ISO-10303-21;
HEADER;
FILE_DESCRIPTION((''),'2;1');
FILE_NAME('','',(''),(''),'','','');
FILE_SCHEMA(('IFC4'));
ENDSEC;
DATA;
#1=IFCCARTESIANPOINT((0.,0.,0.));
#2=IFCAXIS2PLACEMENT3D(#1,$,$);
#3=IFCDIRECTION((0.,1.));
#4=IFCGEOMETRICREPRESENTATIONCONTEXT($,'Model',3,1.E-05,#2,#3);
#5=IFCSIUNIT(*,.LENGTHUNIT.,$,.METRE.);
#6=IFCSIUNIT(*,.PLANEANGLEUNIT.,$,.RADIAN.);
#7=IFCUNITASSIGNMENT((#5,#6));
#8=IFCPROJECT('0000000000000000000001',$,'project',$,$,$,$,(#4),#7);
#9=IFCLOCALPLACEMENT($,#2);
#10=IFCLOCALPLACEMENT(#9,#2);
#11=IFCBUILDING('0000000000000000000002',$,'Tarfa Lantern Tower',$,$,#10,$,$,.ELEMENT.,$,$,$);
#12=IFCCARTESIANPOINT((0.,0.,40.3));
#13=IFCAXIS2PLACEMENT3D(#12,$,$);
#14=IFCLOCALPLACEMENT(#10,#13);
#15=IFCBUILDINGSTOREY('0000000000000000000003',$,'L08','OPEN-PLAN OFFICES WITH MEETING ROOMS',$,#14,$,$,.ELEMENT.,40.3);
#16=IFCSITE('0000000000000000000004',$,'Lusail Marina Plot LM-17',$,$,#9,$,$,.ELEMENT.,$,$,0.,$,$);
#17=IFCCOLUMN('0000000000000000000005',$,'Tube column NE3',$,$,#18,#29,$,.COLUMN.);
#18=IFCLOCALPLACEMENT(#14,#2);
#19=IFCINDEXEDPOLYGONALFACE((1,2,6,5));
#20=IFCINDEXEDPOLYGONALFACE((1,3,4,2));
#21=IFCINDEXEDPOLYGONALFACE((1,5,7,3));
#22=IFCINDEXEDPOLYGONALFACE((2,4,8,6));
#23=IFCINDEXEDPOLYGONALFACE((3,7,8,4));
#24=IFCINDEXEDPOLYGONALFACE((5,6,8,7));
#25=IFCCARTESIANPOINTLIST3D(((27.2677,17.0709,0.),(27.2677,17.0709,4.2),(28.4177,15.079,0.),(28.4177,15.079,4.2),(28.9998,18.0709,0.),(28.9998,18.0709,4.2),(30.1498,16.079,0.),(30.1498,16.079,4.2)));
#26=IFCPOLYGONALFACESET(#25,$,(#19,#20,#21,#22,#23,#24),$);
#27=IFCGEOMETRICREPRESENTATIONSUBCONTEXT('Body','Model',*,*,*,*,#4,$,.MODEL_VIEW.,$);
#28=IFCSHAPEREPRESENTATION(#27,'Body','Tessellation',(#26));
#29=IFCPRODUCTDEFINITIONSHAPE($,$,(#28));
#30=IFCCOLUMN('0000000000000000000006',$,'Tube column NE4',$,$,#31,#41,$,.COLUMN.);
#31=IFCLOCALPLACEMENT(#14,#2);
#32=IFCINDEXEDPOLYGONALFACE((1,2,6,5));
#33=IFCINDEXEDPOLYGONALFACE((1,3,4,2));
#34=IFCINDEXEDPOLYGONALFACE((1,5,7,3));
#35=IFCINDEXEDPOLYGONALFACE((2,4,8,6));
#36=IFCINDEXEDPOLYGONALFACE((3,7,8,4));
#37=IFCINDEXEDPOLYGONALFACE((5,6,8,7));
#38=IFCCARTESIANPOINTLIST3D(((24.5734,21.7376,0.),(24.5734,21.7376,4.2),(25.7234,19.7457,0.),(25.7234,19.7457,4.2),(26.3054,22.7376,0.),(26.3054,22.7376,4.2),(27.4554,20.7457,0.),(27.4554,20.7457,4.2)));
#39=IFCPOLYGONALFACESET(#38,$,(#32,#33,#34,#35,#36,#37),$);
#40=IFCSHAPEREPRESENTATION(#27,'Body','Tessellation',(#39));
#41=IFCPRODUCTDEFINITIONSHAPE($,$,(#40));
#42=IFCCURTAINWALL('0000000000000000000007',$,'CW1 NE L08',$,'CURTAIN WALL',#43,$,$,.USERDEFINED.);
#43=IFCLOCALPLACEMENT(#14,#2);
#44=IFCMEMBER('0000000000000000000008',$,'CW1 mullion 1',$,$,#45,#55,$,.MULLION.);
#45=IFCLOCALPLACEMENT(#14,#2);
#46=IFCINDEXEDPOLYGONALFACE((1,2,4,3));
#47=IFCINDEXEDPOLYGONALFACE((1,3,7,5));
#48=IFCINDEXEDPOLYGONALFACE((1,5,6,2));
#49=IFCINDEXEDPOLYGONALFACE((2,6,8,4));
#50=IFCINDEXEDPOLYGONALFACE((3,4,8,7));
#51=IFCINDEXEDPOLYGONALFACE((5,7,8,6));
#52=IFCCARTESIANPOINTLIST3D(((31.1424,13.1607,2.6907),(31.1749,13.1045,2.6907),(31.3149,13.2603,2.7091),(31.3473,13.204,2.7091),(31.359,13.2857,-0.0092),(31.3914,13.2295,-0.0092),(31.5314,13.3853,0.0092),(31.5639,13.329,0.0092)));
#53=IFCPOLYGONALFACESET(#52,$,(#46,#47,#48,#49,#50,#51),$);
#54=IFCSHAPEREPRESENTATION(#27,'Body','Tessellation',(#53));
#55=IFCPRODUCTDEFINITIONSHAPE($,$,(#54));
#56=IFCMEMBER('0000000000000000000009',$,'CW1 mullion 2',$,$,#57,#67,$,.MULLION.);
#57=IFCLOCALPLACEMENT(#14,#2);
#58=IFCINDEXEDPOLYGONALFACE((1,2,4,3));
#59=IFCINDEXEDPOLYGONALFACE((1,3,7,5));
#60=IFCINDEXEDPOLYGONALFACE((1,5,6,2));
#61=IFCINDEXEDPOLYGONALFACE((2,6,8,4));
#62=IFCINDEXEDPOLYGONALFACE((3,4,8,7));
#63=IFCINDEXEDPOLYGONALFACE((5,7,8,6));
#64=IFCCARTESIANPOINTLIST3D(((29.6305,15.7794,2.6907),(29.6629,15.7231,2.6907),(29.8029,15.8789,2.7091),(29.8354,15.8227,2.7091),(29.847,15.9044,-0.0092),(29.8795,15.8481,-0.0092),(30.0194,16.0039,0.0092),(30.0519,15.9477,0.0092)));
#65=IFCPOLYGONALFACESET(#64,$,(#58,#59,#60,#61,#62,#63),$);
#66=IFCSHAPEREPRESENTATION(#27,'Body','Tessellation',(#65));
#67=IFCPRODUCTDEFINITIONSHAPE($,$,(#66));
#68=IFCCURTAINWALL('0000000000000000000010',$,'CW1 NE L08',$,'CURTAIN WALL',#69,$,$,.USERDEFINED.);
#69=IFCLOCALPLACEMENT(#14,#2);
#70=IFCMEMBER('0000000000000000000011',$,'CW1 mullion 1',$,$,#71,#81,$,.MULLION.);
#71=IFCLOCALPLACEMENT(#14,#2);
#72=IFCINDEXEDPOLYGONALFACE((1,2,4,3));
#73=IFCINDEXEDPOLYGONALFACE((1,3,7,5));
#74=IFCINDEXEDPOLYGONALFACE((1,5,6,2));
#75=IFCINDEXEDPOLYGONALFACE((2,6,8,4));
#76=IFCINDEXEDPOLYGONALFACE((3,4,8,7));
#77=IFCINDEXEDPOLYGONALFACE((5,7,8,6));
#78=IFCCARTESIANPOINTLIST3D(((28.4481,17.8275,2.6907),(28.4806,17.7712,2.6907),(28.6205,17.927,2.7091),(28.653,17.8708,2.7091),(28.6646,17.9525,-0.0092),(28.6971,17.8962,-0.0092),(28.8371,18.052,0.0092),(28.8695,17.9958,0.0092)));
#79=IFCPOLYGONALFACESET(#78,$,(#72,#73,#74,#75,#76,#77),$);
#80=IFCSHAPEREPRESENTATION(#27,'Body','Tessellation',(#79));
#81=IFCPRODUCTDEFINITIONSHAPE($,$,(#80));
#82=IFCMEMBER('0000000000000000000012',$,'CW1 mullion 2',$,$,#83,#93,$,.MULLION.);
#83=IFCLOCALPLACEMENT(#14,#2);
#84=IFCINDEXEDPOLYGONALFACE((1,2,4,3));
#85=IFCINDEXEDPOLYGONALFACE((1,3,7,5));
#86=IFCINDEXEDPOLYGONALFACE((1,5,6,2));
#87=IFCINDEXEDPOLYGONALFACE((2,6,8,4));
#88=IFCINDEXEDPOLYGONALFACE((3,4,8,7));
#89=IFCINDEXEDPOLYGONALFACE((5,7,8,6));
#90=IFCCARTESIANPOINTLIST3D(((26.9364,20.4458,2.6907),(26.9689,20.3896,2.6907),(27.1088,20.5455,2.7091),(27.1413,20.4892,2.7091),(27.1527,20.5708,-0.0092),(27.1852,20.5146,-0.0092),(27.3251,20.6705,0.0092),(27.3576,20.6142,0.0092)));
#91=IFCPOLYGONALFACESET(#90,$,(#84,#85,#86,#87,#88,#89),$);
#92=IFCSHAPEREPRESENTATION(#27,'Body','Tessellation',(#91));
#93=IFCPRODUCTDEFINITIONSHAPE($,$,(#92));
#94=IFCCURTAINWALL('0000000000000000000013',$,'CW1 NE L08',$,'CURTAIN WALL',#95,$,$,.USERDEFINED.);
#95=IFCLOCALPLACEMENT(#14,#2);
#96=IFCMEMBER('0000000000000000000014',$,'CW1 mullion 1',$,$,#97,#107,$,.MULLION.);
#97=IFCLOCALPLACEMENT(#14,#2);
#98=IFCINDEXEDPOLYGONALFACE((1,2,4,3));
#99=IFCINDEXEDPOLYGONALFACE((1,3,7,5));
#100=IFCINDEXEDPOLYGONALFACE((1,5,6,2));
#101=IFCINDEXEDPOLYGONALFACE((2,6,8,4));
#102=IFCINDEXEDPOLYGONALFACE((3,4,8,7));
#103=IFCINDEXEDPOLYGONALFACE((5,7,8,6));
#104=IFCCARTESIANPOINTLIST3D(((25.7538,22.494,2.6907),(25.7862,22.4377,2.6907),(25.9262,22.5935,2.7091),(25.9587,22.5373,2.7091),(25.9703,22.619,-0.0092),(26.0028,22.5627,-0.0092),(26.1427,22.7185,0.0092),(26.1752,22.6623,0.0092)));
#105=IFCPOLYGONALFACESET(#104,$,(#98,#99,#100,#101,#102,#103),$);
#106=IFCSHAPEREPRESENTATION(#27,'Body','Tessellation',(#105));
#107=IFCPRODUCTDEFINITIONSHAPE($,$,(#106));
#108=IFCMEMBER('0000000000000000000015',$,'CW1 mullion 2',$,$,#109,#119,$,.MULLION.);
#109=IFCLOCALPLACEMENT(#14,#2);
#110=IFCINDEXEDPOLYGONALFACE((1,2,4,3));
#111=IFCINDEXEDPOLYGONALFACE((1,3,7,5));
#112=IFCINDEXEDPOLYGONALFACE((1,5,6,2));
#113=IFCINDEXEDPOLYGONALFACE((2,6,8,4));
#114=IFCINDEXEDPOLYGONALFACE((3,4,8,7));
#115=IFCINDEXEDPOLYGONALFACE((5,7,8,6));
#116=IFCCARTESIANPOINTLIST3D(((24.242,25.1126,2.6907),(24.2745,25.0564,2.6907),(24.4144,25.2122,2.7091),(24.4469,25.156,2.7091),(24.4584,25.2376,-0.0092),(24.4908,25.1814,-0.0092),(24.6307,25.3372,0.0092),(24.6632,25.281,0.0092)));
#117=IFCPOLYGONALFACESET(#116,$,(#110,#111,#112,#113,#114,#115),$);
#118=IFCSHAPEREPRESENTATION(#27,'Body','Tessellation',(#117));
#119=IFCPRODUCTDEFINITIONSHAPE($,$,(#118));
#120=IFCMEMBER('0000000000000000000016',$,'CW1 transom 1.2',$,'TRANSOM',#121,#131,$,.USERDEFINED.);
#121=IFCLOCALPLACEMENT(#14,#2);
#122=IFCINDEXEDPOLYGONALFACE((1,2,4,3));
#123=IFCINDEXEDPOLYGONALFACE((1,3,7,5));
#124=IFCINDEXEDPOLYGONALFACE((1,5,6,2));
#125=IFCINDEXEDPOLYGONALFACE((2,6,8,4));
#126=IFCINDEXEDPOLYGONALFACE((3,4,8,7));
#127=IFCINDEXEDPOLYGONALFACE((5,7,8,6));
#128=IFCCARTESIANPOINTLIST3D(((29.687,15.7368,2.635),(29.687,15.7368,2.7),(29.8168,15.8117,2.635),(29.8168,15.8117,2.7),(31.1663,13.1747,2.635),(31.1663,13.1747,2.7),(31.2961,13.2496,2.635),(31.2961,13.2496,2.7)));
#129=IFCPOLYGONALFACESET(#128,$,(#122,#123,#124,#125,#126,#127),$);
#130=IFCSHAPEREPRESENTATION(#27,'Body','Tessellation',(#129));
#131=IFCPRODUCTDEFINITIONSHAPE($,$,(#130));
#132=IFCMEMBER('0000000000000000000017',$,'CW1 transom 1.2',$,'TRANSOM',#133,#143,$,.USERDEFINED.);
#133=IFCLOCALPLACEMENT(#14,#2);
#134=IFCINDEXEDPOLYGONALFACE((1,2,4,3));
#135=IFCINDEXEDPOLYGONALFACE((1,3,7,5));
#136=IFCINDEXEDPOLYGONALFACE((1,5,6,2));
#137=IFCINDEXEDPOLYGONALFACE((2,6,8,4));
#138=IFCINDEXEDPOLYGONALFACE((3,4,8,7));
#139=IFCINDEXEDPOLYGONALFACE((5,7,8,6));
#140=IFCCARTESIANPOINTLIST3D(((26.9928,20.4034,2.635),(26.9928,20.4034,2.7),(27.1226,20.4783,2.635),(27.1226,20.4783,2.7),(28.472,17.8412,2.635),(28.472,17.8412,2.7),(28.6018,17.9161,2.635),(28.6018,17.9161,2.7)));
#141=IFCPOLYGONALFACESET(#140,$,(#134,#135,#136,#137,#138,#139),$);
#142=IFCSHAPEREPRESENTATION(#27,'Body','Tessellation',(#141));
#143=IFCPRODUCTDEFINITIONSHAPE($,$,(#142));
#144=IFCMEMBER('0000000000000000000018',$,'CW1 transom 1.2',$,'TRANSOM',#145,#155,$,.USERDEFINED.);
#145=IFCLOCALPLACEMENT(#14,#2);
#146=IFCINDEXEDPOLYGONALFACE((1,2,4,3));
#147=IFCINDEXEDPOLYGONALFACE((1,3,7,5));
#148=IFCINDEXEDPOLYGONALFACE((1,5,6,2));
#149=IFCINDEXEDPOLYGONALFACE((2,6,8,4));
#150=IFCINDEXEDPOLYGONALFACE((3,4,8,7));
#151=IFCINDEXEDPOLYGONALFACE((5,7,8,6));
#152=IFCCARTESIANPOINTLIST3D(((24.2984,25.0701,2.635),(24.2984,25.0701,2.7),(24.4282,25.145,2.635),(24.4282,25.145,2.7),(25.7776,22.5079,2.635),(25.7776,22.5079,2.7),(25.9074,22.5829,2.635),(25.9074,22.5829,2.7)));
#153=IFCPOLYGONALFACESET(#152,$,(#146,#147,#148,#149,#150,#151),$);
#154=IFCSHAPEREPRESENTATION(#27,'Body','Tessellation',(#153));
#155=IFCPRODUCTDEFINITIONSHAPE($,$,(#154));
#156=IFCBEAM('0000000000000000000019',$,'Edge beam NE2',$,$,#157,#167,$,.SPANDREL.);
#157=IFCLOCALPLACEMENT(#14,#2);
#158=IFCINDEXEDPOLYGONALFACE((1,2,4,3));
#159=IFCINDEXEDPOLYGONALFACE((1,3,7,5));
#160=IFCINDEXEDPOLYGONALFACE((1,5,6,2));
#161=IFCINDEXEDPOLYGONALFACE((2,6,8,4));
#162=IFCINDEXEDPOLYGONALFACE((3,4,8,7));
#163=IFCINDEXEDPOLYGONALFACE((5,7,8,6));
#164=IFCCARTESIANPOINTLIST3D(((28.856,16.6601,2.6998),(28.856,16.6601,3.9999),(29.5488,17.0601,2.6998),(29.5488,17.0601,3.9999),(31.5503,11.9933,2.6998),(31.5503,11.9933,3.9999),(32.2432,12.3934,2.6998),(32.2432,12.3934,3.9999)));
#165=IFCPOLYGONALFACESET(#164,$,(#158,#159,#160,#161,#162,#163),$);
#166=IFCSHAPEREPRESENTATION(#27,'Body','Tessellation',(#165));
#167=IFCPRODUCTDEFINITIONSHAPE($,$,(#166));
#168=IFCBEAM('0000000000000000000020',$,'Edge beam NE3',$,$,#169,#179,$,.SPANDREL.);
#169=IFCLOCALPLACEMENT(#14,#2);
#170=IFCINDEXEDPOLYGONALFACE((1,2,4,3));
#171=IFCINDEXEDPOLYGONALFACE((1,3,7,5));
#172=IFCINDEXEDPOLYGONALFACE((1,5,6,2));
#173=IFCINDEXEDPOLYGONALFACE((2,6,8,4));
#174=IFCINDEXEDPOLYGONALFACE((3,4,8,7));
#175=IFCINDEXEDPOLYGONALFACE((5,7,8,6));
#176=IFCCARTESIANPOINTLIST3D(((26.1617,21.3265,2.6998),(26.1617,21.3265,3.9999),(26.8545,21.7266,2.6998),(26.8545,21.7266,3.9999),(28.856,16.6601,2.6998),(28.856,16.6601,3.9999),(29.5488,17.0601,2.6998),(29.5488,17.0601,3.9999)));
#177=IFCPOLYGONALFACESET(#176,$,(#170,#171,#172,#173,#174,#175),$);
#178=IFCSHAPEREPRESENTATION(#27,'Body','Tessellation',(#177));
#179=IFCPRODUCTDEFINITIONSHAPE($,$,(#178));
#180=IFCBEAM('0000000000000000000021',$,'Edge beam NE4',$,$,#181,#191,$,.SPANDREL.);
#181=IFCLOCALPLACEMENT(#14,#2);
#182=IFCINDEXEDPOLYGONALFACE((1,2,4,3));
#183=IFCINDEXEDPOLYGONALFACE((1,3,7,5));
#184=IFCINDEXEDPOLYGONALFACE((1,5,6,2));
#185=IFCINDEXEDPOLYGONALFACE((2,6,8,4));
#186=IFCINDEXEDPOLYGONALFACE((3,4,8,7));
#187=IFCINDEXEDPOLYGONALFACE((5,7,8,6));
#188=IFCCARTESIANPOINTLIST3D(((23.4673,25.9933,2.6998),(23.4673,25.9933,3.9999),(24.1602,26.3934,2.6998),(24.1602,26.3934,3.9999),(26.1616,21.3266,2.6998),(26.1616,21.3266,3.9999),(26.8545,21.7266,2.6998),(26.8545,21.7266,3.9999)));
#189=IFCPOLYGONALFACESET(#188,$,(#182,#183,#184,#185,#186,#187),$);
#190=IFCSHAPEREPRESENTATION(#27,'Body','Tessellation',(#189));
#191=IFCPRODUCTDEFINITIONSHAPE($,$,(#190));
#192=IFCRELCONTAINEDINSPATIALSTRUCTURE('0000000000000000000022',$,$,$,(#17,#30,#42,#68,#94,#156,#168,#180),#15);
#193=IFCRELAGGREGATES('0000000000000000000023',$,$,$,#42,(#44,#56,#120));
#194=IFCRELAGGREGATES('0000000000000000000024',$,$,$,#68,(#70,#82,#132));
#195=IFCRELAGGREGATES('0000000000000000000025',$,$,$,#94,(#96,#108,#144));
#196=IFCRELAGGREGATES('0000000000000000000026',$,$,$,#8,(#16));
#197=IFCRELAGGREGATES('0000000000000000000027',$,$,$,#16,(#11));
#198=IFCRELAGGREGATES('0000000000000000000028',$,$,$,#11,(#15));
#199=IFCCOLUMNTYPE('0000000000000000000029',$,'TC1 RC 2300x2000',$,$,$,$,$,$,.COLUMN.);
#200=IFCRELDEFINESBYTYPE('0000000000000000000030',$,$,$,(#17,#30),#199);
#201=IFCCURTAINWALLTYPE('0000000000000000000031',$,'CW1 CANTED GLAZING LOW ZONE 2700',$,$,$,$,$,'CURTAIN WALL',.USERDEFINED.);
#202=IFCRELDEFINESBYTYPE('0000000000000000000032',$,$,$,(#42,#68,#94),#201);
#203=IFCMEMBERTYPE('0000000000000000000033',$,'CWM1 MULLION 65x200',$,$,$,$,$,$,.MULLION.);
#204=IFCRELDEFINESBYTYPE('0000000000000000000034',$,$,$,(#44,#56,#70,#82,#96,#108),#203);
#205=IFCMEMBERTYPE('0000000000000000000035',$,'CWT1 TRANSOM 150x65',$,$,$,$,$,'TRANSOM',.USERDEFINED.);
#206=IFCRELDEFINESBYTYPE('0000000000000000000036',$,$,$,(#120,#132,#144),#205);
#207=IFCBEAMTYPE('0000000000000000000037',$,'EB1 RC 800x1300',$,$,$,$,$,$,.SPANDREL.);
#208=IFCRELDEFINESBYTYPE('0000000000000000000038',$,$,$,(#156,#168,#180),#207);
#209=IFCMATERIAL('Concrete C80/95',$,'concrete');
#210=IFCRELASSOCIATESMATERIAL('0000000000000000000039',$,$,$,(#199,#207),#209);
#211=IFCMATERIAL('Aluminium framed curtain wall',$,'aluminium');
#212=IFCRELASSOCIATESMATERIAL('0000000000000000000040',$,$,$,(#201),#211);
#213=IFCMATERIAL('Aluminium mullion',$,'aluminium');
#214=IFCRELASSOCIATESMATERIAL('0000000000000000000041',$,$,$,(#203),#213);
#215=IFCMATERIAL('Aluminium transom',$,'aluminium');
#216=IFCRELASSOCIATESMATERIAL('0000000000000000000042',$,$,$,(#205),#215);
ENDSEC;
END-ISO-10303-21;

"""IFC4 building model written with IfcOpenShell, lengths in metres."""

from ifc_helpers import new_model, si_unit, direction, frame, origin, origin_2d, place, context, subcontext, project, spatial, rectangle, extrude, material, material_profile, profile_set, type_object, element, aggregate, save


model = new_model("IFC4")

# Units and contexts
model_context = context("Model", 3, precision=1e-05, world=origin(), true_north=direction((0.0, 1.0)))
body_context = subcontext(model_context, "Body", "Model", "MODEL_VIEW")
ifc_project = project(units=[si_unit("LENGTHUNIT", "METRE"), si_unit("PLANEANGLEUNIT", "RADIAN")], contexts=[model_context])

# Site, building, storey
site_placement = place(None, origin())
site = spatial("IfcSite", under=ifc_project, at=site_placement, Name="Lusail Marina Plot LM-17", CompositionType="ELEMENT", RefElevation=0.0)
building_placement = place(site_placement, origin())
building = spatial("IfcBuilding", under=site, at=building_placement, Name="Tarfa Lantern Tower", CompositionType="ELEMENT")
storey_placement = place(building_placement, frame((0.0, 0.0, 40.3)))
storey = spatial("IfcBuildingStorey", under=building, at=storey_placement, Name="L08", Description="OPEN-PLAN OFFICES WITH MEETING ROOMS", CompositionType="ELEMENT", Elevation=40.3)

# Columns
ifc_material_1 = material(Name="Concrete C80/95", Category="concrete")
ifc_material_profile_1 = material_profile(ifc_material_1, rectangle(XDim=2.3, YDim=2.0, at=origin_2d()), Name="RC 2300x2000")
ifc_profile_set_1 = profile_set([ifc_material_profile_1], Name="Concrete C80/95")
column_type = type_object("IfcColumnType", Name="TC1 RC 2300x2000", PredefinedType="COLUMN", material=ifc_profile_set_1)
for number, where, z_axis, x_axis, name in (
    (1, (28.7087, 16.575, 0.0), (0.0, 0.0, 1.0), (-0.5, 0.866025, 0.0), "Tube column NE3"),
    (2, (26.0144, 21.2417, 0.0), (0.0, 0.0, 1.0), (-0.5, 0.866025, 0.0), "Tube column NE4"),
):
    element("IfcColumn", number, at=place(storey_placement, frame(where, z_axis=z_axis, x_axis=x_axis)), inside=storey, type_object=column_type, Name=name, PredefinedType="COLUMN", context=body_context, shape_type="SweptSolid", body=[
        extrude(rectangle(XDim=2.3, YDim=2.0, at=origin_2d()), origin(), (0.0, 0.0, 1.0), 4.2),
    ])

# Curtain walls, members
ifc_material_2 = material(Name="Aluminium framed curtain wall", Category="aluminium")
curtain_wall_type = type_object("IfcCurtainWallType", Name="CW1 CANTED GLAZING LOW ZONE 2700", ElementType="CURTAIN WALL", PredefinedType="USERDEFINED", material=ifc_material_2)
curtain_wall_1_placement = place(storey_placement, origin())
curtain_wall_1 = element("IfcCurtainWall", 3, at=curtain_wall_1_placement, inside=storey, type_object=curtain_wall_type, Name="CW1 NE L08", ObjectType="CURTAIN WALL", PredefinedType="USERDEFINED")
ifc_material_3 = material(Name="Aluminium mullion", Category="aluminium")
ifc_material_profile_2 = material_profile(ifc_material_3, rectangle(XDim=0.0649, YDim=0.2, at=origin_2d()), Name="AL MULLION 65x200")
ifc_profile_set_2 = profile_set([ifc_material_profile_2], Name="Aluminium mullion")
member_type_1 = type_object("IfcMemberType", Name="CWM1 MULLION 65x200", PredefinedType="MULLION", material=ifc_profile_set_2)
member_1_placement = place(storey_placement, frame((31.4614, 13.3074, 0.0), z_axis=(-0.079864, -0.0461, 0.995739), x_axis=(0.49992, -0.866072, 0.0)))
member_1 = element("IfcMember", 4, at=member_1_placement, type_object=member_type_1, Name="CW1 mullion 1", PredefinedType="MULLION", context=body_context, shape_type="SweptSolid", body=[
    extrude(rectangle(XDim=0.0649, YDim=0.2, at=origin_2d()), origin(), (0.0, 0.0, 1.0), 2.7114),
])
member_2_placement = place(storey_placement, frame((29.9495, 15.926, 0.0), z_axis=(-0.079864, -0.0461, 0.995739), x_axis=(0.49992, -0.866072, 0.0)))
member_2 = element("IfcMember", 5, at=member_2_placement, type_object=member_type_1, Name="CW1 mullion 2", PredefinedType="MULLION", context=body_context, shape_type="SweptSolid", body=[
    extrude(rectangle(XDim=0.0649, YDim=0.2, at=origin_2d()), origin(), (0.0, 0.0, 1.0), 2.7114),
])
curtain_wall_2_placement = place(storey_placement, origin())
curtain_wall_2 = element("IfcCurtainWall", 6, at=curtain_wall_2_placement, inside=storey, type_object=curtain_wall_type, Name="CW1 NE L08", ObjectType="CURTAIN WALL", PredefinedType="USERDEFINED")
member_3_placement = place(storey_placement, frame((28.7671, 17.9741, 0.0), z_axis=(-0.079864, -0.0461, 0.995739), x_axis=(0.49992, -0.866072, 0.0)))
member_3 = element("IfcMember", 7, at=member_3_placement, type_object=member_type_1, Name="CW1 mullion 1", PredefinedType="MULLION", context=body_context, shape_type="SweptSolid", body=[
    extrude(rectangle(XDim=0.0649, YDim=0.2, at=origin_2d()), origin(), (0.0, 0.0, 1.0), 2.7114),
])
member_4_placement = place(storey_placement, frame((27.2551, 20.5925, 0.0), z_axis=(-0.079775, -0.0461, 0.995746), x_axis=(0.500343, -0.865827, 0.0)))
member_4 = element("IfcMember", 8, at=member_4_placement, type_object=member_type_1, Name="CW1 mullion 2", PredefinedType="MULLION", context=body_context, shape_type="SweptSolid", body=[
    extrude(rectangle(XDim=0.0649, YDim=0.2, at=origin_2d()), origin(), (0.0, 0.0, 1.0), 2.7114),
])
curtain_wall_3_placement = place(storey_placement, origin())
curtain_wall_3 = element("IfcCurtainWall", 9, at=curtain_wall_3_placement, inside=storey, type_object=curtain_wall_type, Name="CW1 NE L08", ObjectType="CURTAIN WALL", PredefinedType="USERDEFINED")
member_5_placement = place(storey_placement, frame((26.0728, 22.6406, 0.0), z_axis=(-0.079864, -0.0461, 0.995739), x_axis=(0.49992, -0.866072, 0.0)))
member_5 = element("IfcMember", 10, at=member_5_placement, type_object=member_type_1, Name="CW1 mullion 1", PredefinedType="MULLION", context=body_context, shape_type="SweptSolid", body=[
    extrude(rectangle(XDim=0.0649, YDim=0.2, at=origin_2d()), origin(), (0.0, 0.0, 1.0), 2.7114),
])
member_6_placement = place(storey_placement, frame((24.5608, 25.2593, 0.0), z_axis=(-0.079775, -0.0461, 0.995746), x_axis=(0.500343, -0.865827, 0.0)))
member_6 = element("IfcMember", 11, at=member_6_placement, type_object=member_type_1, Name="CW1 mullion 2", PredefinedType="MULLION", context=body_context, shape_type="SweptSolid", body=[
    extrude(rectangle(XDim=0.0649, YDim=0.2, at=origin_2d()), origin(), (0.0, 0.0, 1.0), 2.7114),
])

# Members
ifc_material_4 = material(Name="Aluminium transom", Category="aluminium")
ifc_material_profile_3 = material_profile(ifc_material_4, rectangle(XDim=0.1499, YDim=0.0649, at=origin_2d()), Name="AL TRANSOM 150x65")
ifc_profile_set_3 = profile_set([ifc_material_profile_3], Name="Aluminium transom")
member_type_2 = type_object("IfcMemberType", Name="CWT1 TRANSOM 150x65", ElementType="TRANSOM", PredefinedType="USERDEFINED", material=ifc_profile_set_3)
member_7_placement = place(storey_placement, frame((31.2312, 13.2122, 2.6675), z_axis=(-0.500018, 0.866015, 0.0), x_axis=(-0.866015, -0.500018, 0.0)))
member_7 = element("IfcMember", 12, at=member_7_placement, type_object=member_type_2, Name="CW1 transom 1.2", ObjectType="TRANSOM", PredefinedType="USERDEFINED", context=body_context, shape_type="SweptSolid", body=[
    extrude(rectangle(XDim=0.1499, YDim=0.0649, at=origin_2d()), origin(), (0.0, 0.0, 1.0), 2.9585),
])
member_8_placement = place(storey_placement, frame((28.5369, 17.8787, 2.6675), z_axis=(-0.499982, 0.866036, 0.0), x_axis=(-0.866036, -0.499982, 0.0)))
member_8 = element("IfcMember", 13, at=member_8_placement, type_object=member_type_2, Name="CW1 transom 1.2", ObjectType="TRANSOM", PredefinedType="USERDEFINED", context=body_context, shape_type="SweptSolid", body=[
    extrude(rectangle(XDim=0.1499, YDim=0.0649, at=origin_2d()), origin(), (0.0, 0.0, 1.0), 2.9585),
])
member_9_placement = place(storey_placement, frame((25.8425, 22.5454, 2.6675), z_axis=(-0.499982, 0.866036, 0.0), x_axis=(-0.866036, -0.499982, 0.0)))
member_9 = element("IfcMember", 14, at=member_9_placement, type_object=member_type_2, Name="CW1 transom 1.2", ObjectType="TRANSOM", PredefinedType="USERDEFINED", context=body_context, shape_type="SweptSolid", body=[
    extrude(rectangle(XDim=0.1499, YDim=0.0649, at=origin_2d()), origin(), (0.0, 0.0, 1.0), 2.9585),
])

# Beams
ifc_material_profile_4 = material_profile(ifc_material_1, rectangle(XDim=0.8, YDim=1.3, at=origin_2d()), Name="RC 800x1300")
ifc_profile_set_4 = profile_set([ifc_material_profile_4], Name="Concrete C80/95")
beam_type_1 = type_object("IfcBeamType", Name="EB1 RC 800x1300", PredefinedType="SPANDREL", material=ifc_profile_set_4)
beam_1_placement = place(storey_placement, frame((31.8967, 12.1934, 3.3499), z_axis=(-0.499998, 0.866026, 0.0), x_axis=(-0.866026, -0.499998, 0.0)))
element("IfcBeam", 15, at=beam_1_placement, inside=storey, type_object=beam_type_1, Name="Edge beam NE2", PredefinedType="SPANDREL", context=body_context, shape_type="SweptSolid", body=[
    extrude(rectangle(XDim=0.8, YDim=1.3, at=origin_2d()), origin(), (0.0, 0.0, 1.0), 5.3887),
])
beam_2_placement = place(storey_placement, frame((29.2024, 16.8601, 3.3499), z_axis=(-0.500018, 0.866015, 0.0), x_axis=(-0.866015, -0.500018, 0.0)))
element("IfcBeam", 16, at=beam_2_placement, inside=storey, type_object=beam_type_1, Name="Edge beam NE3", PredefinedType="SPANDREL", context=body_context, shape_type="SweptSolid", body=[
    extrude(rectangle(XDim=0.8, YDim=1.3, at=origin_2d()), origin(), (0.0, 0.0, 1.0), 5.3884),
])
beam_3_placement = place(storey_placement, frame((26.5081, 21.5266, 3.3499), z_axis=(-0.499998, 0.866026, 0.0), x_axis=(-0.866026, -0.499998, 0.0)))
element("IfcBeam", 17, at=beam_3_placement, inside=storey, type_object=beam_type_1, Name="Edge beam NE4", PredefinedType="SPANDREL", context=body_context, shape_type="SweptSolid", body=[
    extrude(rectangle(XDim=0.8, YDim=1.3, at=origin_2d()), origin(), (0.0, 0.0, 1.0), 5.3887),
])

aggregate(curtain_wall_1, [member_1, member_2, member_7])
aggregate(curtain_wall_2, [member_3, member_4, member_8])
aggregate(curtain_wall_3, [member_5, member_6, member_9])

save(model, "model.ifc")
